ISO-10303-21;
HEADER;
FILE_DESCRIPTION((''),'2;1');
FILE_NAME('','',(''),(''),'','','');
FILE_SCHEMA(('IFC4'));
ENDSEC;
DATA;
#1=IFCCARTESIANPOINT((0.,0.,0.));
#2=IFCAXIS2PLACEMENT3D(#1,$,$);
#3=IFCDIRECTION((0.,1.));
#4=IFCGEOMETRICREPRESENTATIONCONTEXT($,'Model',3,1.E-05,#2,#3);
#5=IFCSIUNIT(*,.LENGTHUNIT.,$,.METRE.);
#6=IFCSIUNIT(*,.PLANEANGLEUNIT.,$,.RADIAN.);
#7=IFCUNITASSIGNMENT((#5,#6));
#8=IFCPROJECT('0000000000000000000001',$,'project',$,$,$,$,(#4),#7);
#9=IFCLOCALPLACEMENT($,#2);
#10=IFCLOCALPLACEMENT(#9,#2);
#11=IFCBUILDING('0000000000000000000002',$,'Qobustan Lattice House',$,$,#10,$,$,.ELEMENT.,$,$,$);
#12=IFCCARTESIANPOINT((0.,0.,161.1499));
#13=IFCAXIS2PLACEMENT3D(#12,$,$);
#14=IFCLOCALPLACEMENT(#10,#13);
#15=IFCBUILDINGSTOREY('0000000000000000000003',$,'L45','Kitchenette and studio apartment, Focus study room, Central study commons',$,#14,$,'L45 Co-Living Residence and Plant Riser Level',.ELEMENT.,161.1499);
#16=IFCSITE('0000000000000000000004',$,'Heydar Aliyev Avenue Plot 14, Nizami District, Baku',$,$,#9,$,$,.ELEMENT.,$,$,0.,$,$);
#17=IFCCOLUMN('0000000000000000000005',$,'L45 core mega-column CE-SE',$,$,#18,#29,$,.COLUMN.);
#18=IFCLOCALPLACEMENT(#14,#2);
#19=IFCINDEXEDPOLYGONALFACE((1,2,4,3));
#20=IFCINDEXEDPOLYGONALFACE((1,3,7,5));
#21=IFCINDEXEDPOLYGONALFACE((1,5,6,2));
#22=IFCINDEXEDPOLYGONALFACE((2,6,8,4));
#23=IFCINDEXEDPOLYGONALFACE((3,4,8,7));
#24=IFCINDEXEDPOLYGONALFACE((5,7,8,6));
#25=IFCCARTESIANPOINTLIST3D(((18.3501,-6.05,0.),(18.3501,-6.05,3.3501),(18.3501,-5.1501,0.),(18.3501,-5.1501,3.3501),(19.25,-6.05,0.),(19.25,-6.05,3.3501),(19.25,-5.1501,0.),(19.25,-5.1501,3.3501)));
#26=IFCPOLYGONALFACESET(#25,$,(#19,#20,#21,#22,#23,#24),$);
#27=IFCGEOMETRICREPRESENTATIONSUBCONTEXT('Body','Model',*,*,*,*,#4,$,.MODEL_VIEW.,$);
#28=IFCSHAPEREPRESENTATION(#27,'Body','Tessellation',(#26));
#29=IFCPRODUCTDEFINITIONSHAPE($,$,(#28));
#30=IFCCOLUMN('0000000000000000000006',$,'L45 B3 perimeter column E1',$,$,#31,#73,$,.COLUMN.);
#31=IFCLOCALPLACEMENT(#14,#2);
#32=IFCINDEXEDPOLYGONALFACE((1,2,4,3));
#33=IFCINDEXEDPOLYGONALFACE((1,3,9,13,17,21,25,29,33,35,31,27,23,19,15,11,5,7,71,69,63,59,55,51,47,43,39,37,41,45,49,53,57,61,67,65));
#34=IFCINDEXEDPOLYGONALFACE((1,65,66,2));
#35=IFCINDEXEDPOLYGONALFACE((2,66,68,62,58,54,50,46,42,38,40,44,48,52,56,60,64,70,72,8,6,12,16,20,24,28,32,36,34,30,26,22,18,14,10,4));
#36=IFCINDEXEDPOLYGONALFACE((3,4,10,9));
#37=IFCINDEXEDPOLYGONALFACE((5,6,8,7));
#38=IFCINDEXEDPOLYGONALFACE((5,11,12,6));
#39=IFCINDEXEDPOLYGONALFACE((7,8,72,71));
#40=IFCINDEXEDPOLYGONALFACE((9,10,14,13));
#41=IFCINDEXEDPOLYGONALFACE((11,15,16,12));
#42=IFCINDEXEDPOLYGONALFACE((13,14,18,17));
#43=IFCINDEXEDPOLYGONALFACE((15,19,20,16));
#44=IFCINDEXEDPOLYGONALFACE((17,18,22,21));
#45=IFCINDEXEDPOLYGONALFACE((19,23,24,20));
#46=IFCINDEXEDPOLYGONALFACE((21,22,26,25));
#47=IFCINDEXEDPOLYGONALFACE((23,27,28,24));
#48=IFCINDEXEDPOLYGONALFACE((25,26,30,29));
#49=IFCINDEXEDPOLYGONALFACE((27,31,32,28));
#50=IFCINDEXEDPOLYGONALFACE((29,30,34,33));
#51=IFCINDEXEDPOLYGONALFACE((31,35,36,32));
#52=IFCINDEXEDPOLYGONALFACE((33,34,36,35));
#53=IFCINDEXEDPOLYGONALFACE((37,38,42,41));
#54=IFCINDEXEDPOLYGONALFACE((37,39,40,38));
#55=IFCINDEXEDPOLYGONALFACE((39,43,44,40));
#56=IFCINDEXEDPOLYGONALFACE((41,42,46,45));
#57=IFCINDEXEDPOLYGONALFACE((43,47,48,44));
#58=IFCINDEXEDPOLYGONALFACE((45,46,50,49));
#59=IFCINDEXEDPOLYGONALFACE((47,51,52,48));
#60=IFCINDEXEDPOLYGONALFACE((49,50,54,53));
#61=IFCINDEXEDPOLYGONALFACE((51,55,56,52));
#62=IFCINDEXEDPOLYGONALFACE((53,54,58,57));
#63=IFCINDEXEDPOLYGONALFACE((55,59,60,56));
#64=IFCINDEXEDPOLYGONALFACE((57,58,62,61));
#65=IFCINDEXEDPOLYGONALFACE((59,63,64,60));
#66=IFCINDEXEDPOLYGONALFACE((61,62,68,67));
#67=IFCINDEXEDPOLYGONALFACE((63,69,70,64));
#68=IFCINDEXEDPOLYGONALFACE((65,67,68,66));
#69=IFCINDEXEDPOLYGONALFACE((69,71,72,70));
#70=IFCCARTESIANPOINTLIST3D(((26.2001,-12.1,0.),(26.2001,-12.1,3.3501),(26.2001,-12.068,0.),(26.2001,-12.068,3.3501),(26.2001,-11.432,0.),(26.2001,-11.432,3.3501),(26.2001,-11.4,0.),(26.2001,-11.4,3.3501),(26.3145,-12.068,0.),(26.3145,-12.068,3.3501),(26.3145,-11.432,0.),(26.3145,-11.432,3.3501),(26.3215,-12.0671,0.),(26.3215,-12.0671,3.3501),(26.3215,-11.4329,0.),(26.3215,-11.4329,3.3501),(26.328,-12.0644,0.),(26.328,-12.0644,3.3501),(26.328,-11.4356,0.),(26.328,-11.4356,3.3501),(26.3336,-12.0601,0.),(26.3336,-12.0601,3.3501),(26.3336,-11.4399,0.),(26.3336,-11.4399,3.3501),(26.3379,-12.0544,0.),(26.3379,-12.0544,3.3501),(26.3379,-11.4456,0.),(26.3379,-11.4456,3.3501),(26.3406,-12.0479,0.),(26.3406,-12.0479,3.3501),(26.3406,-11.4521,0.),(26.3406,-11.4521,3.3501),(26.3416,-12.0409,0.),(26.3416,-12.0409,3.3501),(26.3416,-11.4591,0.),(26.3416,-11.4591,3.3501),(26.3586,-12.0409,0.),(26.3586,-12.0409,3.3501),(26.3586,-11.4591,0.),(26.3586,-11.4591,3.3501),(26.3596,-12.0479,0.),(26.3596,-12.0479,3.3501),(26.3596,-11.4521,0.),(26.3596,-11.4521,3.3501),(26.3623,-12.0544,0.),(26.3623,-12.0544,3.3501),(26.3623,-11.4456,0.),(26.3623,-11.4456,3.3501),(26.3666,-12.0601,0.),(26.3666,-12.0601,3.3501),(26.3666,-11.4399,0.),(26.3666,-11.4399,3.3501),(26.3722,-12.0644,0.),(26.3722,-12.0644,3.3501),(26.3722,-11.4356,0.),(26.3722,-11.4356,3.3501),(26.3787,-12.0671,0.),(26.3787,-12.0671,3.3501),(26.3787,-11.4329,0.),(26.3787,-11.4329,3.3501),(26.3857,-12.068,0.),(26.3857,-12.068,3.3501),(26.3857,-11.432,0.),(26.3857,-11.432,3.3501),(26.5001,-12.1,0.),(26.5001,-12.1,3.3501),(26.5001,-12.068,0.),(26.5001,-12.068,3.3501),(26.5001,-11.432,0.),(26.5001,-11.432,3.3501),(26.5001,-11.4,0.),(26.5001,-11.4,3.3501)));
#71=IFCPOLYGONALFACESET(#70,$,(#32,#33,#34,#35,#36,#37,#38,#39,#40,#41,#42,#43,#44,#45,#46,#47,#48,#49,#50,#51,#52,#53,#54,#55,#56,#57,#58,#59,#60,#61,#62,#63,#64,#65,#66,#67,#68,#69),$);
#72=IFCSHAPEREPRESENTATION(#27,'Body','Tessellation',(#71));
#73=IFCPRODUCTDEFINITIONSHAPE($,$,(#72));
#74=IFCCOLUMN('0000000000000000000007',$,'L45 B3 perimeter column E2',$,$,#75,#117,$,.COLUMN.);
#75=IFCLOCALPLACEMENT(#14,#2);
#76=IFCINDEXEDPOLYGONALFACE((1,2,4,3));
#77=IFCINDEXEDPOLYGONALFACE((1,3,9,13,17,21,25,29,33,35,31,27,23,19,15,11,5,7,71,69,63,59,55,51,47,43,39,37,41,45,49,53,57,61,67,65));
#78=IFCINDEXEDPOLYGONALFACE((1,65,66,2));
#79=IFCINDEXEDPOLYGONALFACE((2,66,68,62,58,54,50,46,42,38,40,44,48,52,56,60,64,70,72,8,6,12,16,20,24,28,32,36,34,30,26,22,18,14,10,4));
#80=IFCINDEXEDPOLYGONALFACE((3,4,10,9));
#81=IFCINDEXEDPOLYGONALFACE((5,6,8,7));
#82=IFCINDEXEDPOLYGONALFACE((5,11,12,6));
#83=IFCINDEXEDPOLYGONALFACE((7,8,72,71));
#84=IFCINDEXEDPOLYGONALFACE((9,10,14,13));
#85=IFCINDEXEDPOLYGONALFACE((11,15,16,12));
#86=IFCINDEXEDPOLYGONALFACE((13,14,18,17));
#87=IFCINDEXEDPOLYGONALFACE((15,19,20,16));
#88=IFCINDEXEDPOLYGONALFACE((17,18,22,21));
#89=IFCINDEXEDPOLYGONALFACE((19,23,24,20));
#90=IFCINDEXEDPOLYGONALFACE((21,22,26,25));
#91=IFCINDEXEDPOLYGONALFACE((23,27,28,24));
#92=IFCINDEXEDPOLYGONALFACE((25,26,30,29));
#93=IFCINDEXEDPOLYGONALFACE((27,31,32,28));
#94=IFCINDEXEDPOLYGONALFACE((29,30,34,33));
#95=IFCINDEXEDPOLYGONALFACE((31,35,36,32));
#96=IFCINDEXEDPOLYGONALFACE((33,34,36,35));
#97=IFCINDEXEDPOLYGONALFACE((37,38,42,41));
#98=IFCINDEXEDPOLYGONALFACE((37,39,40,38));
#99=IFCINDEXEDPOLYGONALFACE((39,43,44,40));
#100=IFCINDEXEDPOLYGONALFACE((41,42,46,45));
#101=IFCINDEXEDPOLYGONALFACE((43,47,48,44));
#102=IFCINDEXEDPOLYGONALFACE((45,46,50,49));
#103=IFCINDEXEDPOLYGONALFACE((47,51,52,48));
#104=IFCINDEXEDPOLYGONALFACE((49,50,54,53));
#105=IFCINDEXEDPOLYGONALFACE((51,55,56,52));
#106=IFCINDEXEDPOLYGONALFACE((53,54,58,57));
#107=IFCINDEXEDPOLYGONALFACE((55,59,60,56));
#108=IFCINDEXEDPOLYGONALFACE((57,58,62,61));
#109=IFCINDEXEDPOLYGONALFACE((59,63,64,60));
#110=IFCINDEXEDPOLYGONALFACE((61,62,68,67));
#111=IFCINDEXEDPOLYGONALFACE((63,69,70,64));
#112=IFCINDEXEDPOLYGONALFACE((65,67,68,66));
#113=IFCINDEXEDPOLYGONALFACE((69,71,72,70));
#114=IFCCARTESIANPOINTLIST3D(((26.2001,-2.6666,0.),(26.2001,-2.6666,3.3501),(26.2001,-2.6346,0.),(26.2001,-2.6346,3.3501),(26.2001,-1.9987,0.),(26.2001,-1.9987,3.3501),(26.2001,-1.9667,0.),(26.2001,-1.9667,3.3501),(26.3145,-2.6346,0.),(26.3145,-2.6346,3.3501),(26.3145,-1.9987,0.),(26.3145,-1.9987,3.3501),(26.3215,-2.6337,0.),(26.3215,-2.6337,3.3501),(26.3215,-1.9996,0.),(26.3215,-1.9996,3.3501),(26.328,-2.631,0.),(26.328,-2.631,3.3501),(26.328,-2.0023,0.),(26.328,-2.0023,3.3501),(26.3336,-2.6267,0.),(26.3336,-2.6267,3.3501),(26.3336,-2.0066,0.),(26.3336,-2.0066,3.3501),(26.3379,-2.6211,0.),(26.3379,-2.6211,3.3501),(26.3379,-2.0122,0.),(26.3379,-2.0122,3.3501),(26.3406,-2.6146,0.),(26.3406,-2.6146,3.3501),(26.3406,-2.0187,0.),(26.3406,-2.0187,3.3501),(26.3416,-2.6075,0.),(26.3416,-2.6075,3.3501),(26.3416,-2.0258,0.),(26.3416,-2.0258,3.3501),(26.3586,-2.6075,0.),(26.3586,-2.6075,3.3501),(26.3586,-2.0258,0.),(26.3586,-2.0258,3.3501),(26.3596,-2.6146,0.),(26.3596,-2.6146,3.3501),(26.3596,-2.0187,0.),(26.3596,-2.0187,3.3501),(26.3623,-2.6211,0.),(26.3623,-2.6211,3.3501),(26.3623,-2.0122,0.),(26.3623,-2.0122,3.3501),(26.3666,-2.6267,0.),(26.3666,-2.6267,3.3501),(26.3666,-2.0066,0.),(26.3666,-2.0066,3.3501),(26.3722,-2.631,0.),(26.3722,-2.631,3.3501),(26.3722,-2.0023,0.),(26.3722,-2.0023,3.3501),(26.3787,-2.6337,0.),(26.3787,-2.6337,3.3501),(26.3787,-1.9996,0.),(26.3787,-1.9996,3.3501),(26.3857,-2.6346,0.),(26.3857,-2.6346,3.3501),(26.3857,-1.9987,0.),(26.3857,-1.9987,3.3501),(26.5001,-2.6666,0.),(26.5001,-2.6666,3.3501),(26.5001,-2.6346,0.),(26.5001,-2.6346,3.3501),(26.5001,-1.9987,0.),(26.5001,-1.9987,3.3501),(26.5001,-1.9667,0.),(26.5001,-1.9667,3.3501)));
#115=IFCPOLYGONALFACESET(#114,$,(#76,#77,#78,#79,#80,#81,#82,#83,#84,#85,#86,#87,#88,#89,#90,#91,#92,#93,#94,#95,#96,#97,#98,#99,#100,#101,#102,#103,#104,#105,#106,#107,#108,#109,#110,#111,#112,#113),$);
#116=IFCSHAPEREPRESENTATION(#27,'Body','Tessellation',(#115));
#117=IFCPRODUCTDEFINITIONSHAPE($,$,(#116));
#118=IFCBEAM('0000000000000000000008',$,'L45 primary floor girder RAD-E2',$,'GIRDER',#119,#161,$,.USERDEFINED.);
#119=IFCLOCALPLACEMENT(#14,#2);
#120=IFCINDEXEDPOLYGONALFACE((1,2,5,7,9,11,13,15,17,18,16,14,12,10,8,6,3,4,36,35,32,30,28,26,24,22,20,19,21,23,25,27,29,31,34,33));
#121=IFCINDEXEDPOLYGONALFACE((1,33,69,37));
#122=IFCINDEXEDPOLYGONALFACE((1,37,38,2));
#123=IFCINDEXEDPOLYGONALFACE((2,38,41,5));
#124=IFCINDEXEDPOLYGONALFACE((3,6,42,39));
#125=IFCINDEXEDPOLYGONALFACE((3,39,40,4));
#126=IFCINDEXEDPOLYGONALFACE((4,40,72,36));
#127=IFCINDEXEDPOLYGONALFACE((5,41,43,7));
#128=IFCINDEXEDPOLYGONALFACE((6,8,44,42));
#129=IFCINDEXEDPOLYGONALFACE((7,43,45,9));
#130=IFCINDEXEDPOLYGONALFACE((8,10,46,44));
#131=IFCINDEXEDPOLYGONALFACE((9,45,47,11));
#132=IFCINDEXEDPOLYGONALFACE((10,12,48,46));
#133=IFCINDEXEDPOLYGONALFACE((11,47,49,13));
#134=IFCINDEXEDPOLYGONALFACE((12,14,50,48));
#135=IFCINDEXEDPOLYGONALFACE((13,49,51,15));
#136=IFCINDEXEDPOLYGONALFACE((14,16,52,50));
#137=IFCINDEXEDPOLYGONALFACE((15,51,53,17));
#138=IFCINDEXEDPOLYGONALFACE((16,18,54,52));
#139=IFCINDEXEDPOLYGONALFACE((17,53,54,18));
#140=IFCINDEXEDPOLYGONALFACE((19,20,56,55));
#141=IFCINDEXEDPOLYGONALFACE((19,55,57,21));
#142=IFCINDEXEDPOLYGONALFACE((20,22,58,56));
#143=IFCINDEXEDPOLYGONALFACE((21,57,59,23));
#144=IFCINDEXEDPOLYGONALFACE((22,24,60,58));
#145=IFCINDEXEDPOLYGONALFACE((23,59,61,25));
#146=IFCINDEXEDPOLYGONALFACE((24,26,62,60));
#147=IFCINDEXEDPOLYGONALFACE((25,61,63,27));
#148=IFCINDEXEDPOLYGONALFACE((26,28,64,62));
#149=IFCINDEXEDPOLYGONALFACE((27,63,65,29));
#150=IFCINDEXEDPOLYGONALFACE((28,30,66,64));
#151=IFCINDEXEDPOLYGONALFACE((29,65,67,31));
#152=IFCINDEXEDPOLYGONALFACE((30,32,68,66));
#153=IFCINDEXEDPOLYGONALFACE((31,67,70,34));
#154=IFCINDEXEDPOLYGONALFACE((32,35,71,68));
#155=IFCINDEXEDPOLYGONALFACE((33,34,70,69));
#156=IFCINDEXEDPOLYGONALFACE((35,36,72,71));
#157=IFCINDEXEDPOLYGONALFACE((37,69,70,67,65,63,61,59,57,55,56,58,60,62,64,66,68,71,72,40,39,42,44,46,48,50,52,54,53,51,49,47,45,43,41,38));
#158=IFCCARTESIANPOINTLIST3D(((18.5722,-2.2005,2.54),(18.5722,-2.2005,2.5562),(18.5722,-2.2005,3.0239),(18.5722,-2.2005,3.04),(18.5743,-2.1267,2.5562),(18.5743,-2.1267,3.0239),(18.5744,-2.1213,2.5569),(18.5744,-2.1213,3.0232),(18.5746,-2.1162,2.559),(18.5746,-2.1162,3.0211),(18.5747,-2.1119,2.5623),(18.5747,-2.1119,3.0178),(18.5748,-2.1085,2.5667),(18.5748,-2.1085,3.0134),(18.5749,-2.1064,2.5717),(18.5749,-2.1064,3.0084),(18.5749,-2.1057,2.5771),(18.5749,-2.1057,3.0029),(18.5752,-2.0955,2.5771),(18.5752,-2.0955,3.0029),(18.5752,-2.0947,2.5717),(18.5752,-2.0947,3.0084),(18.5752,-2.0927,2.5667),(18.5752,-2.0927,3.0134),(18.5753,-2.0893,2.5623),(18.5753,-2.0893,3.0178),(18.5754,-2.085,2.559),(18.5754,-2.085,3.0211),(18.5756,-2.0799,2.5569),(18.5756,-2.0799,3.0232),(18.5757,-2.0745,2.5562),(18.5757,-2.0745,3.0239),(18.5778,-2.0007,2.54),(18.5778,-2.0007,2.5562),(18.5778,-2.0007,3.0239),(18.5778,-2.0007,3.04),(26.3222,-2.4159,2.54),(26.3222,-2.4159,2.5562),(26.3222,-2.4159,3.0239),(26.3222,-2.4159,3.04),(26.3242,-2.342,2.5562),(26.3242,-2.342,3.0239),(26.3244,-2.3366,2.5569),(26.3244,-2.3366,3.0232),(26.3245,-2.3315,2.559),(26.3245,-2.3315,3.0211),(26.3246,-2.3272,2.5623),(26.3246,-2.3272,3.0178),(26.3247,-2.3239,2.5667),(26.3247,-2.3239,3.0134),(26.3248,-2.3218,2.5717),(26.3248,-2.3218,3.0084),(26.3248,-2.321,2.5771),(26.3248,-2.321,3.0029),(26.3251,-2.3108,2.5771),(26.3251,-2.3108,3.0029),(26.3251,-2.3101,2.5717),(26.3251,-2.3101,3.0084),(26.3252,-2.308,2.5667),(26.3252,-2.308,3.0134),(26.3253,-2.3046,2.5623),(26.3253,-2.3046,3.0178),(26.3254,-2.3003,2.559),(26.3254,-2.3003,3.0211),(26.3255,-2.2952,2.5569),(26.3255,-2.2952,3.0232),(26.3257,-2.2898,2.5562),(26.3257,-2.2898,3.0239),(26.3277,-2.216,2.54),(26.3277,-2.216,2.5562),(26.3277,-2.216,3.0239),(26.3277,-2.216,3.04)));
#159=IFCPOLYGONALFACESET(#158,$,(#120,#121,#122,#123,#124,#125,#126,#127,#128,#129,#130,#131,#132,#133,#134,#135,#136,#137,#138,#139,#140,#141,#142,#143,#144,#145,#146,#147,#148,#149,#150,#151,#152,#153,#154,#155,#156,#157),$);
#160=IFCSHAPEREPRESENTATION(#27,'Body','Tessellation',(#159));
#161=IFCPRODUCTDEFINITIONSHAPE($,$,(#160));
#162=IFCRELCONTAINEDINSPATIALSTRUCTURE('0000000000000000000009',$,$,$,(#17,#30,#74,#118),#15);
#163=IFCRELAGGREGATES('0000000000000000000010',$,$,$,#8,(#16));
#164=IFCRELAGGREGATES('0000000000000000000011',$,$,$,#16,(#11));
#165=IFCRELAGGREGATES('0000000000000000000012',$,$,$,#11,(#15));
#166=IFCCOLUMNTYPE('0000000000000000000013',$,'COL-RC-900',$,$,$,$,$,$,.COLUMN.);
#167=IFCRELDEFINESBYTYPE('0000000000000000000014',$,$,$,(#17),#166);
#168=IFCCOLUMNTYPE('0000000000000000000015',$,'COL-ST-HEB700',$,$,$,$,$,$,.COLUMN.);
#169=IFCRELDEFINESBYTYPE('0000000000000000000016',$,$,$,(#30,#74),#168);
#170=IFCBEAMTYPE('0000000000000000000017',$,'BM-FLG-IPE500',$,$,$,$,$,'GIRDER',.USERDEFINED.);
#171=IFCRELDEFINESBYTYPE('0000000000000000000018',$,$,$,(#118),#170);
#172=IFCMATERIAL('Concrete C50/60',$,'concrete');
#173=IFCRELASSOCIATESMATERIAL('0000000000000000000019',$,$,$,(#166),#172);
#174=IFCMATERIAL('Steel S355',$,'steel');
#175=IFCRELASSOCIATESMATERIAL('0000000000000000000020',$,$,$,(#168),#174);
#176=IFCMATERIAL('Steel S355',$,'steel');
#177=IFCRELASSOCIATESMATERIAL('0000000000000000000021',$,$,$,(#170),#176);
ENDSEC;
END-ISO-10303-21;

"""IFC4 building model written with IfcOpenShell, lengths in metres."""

from ifc_helpers import new_model, si_unit, direction, frame, origin, origin_2d, place, context, subcontext, project, spatial, rectangle, i_section, extrude, material, material_profile, profile_set, type_object, element, save


model = new_model("IFC4")

# Units and contexts
model_context = context("Model", 3, precision=1e-05, world=origin(), true_north=direction((0.0, 1.0)))
body_context = subcontext(model_context, "Body", "Model", "MODEL_VIEW")
ifc_project = project(units=[si_unit("LENGTHUNIT", "METRE"), si_unit("PLANEANGLEUNIT", "RADIAN")], contexts=[model_context])

# Site, building, storey
site_placement = place(None, origin())
site = spatial("IfcSite", under=ifc_project, at=site_placement, Name="Heydar Aliyev Avenue Plot 14, Nizami District, Baku", CompositionType="ELEMENT", RefElevation=0.0)
building_placement = place(site_placement, origin())
building = spatial("IfcBuilding", under=site, at=building_placement, Name="Qobustan Lattice House", CompositionType="ELEMENT")
storey_placement = place(building_placement, frame((0.0, 0.0, 161.1499)))
storey = spatial("IfcBuildingStorey", under=building, at=storey_placement, Name="L45", Description="Kitchenette and studio apartment, Focus study room, Central study commons", LongName="L45 Co-Living Residence and Plant Riser Level", CompositionType="ELEMENT", Elevation=161.1499)

# Columns
ifc_material_1 = material(Name="Concrete C50/60", Category="concrete")
ifc_material_profile_1 = material_profile(ifc_material_1, rectangle(XDim=0.8999, YDim=0.8999, at=origin_2d()), Name="RC900x900")
ifc_profile_set_1 = profile_set([ifc_material_profile_1], Name="Concrete C50/60")
column_type_1 = type_object("IfcColumnType", Name="COL-RC-900", PredefinedType="COLUMN", material=ifc_profile_set_1)
column_placement = place(storey_placement, frame((18.8, -5.6001, 0.0), z_axis=(0.0, 0.0, 1.0), x_axis=(1.0, 0.0, 0.0)))
element("IfcColumn", 1, at=column_placement, inside=storey, type_object=column_type_1, Name="L45 core mega-column CE-SE", PredefinedType="COLUMN", context=body_context, shape_type="SweptSolid", body=[
    extrude(rectangle(XDim=0.8999, YDim=0.8999, at=origin_2d()), origin(), (0.0, 0.0, 1.0), 3.3501),
])
ifc_material_2 = material(Name="Steel S355", Category="steel")
ifc_material_profile_2 = material_profile(ifc_material_2, i_section(OverallWidth=0.3, OverallDepth=0.7, WebThickness=0.0171, FlangeThickness=0.032, FilletRadius=0.0271, at=origin_2d()), Name="HEB700")
ifc_profile_set_2 = profile_set([ifc_material_profile_2], Name="Steel S355")
column_type_2 = type_object("IfcColumnType", Name="COL-ST-HEB700", PredefinedType="COLUMN", material=ifc_profile_set_2)
for number, where, z_axis, x_axis, name in (
    (2, (26.3501, -11.75, 0.0), (0.0, 0.0, 1.0), (1.0, 0.0, 0.0), "L45 B3 perimeter column E1"),
    (3, (26.3501, -2.3167, 0.0), (0.0, 0.0, 1.0), (1.0, 0.0, 0.0), "L45 B3 perimeter column E2"),
):
    element("IfcColumn", number, at=place(storey_placement, frame(where, z_axis=z_axis, x_axis=x_axis)), inside=storey, type_object=column_type_2, Name=name, PredefinedType="COLUMN", context=body_context, shape_type="SweptSolid", body=[
        extrude(i_section(OverallWidth=0.3, OverallDepth=0.7, WebThickness=0.0171, FlangeThickness=0.032, FilletRadius=0.0271, at=origin_2d()), origin(), (0.0, 0.0, 1.0), 3.3501),
    ])

# Beam
ifc_material_3 = material(Name="Steel S355", Category="steel")
ifc_material_profile_3 = material_profile(ifc_material_3, i_section(OverallWidth=0.2, OverallDepth=0.5, WebThickness=0.0103, FlangeThickness=0.0161, FilletRadius=0.021, at=origin_2d()), Name="IPE500")
ifc_profile_set_3 = profile_set([ifc_material_profile_3], Name="Steel S355")
beam_type_1 = type_object("IfcBeamType", Name="BM-FLG-IPE500", ElementType="GIRDER", PredefinedType="USERDEFINED", material=ifc_profile_set_3)
beam_1_placement = place(storey_placement, frame((26.325, -2.3159, 2.79), z_axis=(-0.999614, 0.027774, 0.0), x_axis=(-0.027774, -0.999614, 0.0)))
element("IfcBeam", 4, at=beam_1_placement, inside=storey, type_object=beam_type_1, Name="L45 primary floor girder RAD-E2", ObjectType="GIRDER", PredefinedType="USERDEFINED", context=body_context, shape_type="SweptSolid", body=[
    extrude(i_section(OverallWidth=0.2, OverallDepth=0.5, WebThickness=0.0103, FlangeThickness=0.0161, FilletRadius=0.021, at=origin_2d()), origin(), (0.0, 0.0, 1.0), 7.7529),
])

save(model, "model.ifc")
